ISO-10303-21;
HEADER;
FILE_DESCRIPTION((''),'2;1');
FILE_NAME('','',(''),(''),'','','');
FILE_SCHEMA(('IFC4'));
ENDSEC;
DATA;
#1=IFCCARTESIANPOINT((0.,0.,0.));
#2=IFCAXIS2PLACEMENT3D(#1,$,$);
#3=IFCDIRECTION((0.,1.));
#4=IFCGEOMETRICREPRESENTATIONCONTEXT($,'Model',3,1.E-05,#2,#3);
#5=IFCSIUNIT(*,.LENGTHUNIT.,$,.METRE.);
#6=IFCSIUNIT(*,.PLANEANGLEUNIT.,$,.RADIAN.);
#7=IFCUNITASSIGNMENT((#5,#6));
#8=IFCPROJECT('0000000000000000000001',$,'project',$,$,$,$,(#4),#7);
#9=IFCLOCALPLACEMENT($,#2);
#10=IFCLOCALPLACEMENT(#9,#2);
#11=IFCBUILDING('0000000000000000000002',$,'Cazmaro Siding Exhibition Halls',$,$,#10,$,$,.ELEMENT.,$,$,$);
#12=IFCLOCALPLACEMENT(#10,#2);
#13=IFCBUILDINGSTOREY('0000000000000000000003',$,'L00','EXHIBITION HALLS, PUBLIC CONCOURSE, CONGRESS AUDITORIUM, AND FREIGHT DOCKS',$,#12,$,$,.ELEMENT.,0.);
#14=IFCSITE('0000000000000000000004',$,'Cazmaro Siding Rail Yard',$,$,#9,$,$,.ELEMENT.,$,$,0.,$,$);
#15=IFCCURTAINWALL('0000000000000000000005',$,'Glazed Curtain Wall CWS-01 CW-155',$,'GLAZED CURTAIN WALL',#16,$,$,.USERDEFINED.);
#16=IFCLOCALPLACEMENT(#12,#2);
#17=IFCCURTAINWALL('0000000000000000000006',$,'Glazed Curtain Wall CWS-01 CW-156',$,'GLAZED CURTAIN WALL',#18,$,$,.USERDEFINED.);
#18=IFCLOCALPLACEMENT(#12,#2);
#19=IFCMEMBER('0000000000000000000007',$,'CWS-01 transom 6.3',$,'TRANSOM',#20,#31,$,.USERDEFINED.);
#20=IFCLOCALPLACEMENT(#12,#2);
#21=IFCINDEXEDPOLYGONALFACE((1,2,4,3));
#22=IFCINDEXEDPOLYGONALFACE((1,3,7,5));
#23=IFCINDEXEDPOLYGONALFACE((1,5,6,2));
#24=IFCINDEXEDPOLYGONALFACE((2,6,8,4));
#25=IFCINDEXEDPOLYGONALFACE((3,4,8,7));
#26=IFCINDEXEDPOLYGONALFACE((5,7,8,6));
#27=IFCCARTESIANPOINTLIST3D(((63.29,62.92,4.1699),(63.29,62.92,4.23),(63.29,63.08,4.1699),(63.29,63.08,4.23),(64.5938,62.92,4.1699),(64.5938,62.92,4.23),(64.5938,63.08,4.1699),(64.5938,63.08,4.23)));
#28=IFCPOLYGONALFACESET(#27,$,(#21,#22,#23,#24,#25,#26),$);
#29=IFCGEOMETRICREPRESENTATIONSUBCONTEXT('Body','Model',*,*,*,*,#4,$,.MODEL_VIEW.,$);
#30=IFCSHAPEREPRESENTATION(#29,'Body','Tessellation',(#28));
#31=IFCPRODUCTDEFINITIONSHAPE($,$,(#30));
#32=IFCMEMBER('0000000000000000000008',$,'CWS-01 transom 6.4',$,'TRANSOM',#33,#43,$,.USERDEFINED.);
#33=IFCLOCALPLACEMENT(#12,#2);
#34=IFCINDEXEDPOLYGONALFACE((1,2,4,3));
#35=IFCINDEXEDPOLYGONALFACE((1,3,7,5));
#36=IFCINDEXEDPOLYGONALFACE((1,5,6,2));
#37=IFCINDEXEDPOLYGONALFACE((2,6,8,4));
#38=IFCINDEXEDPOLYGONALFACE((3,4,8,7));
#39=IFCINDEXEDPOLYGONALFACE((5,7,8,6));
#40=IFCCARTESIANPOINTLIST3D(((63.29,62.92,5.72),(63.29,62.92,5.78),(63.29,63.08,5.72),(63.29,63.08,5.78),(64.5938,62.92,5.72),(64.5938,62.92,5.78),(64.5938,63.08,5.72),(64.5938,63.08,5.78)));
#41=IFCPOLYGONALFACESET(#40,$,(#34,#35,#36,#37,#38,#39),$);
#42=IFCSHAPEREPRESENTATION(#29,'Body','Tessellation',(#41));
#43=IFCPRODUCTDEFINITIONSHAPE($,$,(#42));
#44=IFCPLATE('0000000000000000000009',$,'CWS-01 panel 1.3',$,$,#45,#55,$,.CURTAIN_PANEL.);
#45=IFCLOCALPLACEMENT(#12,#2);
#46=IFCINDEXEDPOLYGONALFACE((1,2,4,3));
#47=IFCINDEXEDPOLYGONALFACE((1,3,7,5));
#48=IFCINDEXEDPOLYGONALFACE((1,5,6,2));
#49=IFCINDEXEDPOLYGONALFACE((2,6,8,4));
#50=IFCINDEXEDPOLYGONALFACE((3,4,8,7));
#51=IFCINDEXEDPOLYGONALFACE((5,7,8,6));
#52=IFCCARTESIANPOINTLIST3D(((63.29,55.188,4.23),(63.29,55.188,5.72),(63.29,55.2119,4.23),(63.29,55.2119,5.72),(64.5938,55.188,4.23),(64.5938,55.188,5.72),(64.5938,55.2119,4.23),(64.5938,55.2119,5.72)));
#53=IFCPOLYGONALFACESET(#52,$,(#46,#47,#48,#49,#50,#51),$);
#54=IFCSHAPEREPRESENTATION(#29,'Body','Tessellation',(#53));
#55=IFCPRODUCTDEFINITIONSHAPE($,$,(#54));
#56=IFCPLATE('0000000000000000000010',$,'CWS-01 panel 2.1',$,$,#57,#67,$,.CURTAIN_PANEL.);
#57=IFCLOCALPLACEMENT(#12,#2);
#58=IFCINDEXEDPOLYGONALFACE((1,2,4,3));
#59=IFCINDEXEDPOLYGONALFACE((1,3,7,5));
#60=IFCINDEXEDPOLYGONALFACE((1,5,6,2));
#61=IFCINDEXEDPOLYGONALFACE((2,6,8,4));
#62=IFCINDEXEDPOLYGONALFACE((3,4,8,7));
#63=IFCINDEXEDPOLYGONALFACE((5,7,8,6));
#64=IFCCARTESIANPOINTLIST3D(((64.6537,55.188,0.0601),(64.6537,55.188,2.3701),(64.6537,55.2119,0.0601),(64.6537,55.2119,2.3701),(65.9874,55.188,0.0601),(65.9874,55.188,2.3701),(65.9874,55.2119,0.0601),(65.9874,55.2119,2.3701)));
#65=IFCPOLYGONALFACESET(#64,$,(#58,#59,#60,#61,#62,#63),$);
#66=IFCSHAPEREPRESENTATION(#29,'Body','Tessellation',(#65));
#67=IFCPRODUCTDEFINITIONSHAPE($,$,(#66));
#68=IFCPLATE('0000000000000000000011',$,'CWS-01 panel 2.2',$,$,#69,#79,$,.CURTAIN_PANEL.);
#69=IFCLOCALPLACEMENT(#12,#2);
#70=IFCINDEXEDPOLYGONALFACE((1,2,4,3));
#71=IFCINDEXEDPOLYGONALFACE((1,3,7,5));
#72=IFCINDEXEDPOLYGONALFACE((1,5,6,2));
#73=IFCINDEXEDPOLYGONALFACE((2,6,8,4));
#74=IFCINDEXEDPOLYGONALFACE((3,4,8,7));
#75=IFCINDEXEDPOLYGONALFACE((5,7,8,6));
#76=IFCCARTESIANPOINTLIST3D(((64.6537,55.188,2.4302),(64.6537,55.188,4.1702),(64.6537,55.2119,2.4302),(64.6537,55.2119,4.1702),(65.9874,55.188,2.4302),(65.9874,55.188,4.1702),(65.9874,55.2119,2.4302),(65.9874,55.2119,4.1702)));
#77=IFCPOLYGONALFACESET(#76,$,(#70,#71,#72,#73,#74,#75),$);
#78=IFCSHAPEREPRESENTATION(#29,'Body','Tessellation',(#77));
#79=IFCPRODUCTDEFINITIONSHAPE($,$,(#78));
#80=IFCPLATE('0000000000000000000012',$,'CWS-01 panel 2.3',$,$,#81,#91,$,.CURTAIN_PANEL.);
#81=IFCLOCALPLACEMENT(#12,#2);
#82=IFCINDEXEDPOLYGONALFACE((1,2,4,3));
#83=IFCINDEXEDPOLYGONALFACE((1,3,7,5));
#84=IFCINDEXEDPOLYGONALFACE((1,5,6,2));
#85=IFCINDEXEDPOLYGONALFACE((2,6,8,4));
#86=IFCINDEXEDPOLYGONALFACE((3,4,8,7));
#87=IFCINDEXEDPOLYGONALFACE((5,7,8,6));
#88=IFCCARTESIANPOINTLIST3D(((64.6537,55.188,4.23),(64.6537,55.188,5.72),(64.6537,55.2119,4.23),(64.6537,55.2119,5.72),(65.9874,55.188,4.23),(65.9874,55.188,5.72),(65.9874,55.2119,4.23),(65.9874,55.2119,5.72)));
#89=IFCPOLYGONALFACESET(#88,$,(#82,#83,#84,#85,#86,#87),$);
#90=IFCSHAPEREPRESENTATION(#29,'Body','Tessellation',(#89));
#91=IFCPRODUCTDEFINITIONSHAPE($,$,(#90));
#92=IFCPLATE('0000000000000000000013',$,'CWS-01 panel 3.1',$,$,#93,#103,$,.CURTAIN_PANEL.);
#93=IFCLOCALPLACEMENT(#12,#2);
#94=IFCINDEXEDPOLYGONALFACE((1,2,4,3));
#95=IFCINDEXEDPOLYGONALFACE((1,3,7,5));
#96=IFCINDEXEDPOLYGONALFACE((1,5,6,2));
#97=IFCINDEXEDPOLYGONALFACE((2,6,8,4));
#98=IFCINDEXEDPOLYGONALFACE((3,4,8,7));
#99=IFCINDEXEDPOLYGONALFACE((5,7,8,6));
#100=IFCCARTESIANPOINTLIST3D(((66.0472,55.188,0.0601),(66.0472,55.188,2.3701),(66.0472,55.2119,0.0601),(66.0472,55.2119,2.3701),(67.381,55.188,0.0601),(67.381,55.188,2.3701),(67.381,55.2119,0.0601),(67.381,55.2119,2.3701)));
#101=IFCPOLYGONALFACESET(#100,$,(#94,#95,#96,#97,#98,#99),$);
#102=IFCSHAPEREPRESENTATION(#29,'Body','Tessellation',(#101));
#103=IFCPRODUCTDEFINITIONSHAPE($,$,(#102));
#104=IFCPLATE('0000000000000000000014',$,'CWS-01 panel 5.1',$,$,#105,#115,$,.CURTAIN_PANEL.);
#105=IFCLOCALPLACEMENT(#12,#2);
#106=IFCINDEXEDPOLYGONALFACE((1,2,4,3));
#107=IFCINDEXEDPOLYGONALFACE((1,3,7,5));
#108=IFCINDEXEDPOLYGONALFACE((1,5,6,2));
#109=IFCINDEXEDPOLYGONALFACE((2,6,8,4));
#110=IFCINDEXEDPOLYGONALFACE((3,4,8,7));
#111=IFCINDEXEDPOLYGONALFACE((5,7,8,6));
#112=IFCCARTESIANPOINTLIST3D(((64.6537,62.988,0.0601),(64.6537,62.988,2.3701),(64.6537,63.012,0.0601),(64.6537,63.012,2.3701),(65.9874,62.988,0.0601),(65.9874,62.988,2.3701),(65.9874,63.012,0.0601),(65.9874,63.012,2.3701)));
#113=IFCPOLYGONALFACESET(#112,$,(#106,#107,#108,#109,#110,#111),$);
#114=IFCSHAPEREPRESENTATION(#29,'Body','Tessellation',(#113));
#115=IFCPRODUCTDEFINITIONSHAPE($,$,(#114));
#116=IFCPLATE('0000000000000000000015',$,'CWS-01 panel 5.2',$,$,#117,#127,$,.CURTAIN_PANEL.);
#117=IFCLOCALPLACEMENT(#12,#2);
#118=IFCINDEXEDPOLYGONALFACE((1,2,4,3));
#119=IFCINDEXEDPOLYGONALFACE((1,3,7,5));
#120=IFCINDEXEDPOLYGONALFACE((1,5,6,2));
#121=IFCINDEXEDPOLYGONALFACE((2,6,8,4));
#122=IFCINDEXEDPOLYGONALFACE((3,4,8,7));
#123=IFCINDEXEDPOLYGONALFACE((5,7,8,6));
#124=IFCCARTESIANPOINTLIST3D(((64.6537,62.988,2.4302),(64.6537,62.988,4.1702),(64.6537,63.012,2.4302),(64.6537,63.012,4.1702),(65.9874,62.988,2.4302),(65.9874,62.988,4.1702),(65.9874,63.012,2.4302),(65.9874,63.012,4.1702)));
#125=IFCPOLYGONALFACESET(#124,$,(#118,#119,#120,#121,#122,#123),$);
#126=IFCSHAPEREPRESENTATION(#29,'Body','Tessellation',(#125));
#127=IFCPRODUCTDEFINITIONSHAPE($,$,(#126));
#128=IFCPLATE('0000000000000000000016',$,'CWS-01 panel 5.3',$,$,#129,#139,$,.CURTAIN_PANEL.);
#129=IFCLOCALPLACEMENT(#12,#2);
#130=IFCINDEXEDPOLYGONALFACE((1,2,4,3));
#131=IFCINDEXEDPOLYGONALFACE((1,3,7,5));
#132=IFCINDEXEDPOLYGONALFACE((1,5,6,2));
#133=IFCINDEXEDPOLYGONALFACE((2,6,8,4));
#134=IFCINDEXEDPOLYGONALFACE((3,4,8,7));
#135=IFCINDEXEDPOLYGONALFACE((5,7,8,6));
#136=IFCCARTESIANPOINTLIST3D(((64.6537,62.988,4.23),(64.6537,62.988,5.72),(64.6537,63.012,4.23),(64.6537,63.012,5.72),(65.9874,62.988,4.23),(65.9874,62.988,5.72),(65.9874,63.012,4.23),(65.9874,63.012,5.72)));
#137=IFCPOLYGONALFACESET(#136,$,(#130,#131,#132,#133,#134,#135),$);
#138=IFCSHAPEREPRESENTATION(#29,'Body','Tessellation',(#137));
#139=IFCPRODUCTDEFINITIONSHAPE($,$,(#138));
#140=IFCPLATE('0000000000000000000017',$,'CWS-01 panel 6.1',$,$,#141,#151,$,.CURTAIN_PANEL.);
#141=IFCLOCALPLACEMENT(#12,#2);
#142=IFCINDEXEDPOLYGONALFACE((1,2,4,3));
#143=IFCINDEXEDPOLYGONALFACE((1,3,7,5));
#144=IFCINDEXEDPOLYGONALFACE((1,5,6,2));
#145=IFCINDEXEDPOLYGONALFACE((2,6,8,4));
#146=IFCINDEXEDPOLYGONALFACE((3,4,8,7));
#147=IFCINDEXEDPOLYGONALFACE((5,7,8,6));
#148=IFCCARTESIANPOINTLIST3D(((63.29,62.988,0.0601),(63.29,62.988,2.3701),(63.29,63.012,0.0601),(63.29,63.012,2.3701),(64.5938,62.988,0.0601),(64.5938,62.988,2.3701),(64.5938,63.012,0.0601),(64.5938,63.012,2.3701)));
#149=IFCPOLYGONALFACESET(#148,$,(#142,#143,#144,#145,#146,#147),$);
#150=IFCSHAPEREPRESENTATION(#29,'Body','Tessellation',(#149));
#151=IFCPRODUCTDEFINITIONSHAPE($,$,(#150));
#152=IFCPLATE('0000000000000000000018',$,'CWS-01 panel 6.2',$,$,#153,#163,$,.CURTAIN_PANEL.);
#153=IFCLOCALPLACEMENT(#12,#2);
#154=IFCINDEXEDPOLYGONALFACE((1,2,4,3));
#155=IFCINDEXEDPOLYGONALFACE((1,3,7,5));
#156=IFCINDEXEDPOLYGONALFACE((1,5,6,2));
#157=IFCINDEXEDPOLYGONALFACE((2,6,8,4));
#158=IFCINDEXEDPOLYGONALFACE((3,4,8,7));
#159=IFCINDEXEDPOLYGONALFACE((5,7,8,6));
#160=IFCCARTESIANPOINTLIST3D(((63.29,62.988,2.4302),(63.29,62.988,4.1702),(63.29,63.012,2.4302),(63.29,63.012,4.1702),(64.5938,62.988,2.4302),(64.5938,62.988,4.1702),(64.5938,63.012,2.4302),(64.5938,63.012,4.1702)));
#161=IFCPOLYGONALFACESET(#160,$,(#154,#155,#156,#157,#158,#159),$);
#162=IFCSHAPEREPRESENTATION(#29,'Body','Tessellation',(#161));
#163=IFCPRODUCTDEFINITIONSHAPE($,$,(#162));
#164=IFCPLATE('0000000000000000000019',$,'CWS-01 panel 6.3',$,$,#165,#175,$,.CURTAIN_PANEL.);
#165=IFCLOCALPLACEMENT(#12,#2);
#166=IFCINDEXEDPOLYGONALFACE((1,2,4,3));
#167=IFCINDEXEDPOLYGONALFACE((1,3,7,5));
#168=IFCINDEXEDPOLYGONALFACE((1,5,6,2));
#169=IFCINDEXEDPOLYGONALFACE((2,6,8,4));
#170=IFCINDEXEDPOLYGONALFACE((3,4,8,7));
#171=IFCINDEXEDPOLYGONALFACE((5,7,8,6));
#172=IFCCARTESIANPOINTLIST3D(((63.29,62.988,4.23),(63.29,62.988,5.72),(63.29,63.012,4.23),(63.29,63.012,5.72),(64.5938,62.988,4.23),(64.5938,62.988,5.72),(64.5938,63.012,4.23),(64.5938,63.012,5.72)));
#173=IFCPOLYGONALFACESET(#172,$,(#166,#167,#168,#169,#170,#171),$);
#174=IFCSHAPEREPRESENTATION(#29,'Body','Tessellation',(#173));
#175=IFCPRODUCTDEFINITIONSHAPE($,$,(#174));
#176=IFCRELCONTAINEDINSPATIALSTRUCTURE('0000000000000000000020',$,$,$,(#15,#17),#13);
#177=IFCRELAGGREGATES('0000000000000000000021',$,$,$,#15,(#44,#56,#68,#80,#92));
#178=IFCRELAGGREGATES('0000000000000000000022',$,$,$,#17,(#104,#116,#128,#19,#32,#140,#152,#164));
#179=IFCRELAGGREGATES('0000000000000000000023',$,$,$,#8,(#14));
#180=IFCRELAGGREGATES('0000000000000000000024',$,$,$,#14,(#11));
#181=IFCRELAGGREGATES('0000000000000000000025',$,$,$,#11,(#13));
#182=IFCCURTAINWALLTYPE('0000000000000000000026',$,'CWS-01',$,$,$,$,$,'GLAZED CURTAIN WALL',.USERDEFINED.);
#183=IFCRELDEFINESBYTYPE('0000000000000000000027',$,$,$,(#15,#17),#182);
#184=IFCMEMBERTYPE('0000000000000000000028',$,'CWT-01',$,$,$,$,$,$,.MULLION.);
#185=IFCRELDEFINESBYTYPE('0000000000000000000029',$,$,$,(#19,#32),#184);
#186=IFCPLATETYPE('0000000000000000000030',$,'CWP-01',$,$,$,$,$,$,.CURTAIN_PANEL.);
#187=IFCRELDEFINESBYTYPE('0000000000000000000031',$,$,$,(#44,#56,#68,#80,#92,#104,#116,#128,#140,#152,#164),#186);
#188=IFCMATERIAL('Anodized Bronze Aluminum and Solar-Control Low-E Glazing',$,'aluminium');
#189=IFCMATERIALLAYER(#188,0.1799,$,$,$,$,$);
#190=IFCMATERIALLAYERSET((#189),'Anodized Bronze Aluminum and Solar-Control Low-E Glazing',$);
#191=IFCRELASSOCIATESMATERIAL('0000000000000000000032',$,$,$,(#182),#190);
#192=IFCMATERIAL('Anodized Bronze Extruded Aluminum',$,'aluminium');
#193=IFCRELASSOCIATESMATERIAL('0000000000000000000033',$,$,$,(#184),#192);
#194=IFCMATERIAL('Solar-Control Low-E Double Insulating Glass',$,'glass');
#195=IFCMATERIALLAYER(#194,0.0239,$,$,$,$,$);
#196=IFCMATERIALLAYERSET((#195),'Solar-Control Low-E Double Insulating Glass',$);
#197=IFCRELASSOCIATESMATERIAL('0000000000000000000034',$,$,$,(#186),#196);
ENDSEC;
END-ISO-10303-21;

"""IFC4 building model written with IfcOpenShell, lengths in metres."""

from ifc_helpers import new_model, si_unit, direction, frame, origin, origin_2d, place, context, subcontext, project, spatial, rectangle, extrude, material, layer, layer_set, material_profile, profile_set, type_object, element, aggregate, save


model = new_model("IFC4")

# Units and contexts
model_context = context("Model", 3, precision=1e-05, world=origin(), true_north=direction((0.0, 1.0)))
body_context = subcontext(model_context, "Body", "Model", "MODEL_VIEW")
ifc_project = project(units=[si_unit("LENGTHUNIT", "METRE"), si_unit("PLANEANGLEUNIT", "RADIAN")], contexts=[model_context])

# Site, building, storey
site_placement = place(None, origin())
site = spatial("IfcSite", under=ifc_project, at=site_placement, Name="Cazmaro Siding Rail Yard", CompositionType="ELEMENT", RefElevation=0.0)
building_placement = place(site_placement, origin())
building = spatial("IfcBuilding", under=site, at=building_placement, Name="Cazmaro Siding Exhibition Halls", CompositionType="ELEMENT")
storey_placement = place(building_placement, origin())
storey = spatial("IfcBuildingStorey", under=building, at=storey_placement, Name="L00", Description="EXHIBITION HALLS, PUBLIC CONCOURSE, CONGRESS AUDITORIUM, AND FREIGHT DOCKS", CompositionType="ELEMENT", Elevation=0.0)

# Curtain walls
ifc_material_1 = material(Name="Anodized Bronze Aluminum and Solar-Control Low-E Glazing", Category="aluminium")
ifc_layer_1 = layer(ifc_material_1, 0.1799)
ifc_layer_set_1 = layer_set([ifc_layer_1], Name="Anodized Bronze Aluminum and Solar-Control Low-E Glazing")
curtain_wall_type = type_object("IfcCurtainWallType", Name="CWS-01", ElementType="GLAZED CURTAIN WALL", PredefinedType="USERDEFINED", material=ifc_layer_set_1)
curtain_wall_1_placement = place(storey_placement, origin())
curtain_wall_1 = element("IfcCurtainWall", 1, at=curtain_wall_1_placement, inside=storey, type_object=curtain_wall_type, Name="Glazed Curtain Wall CWS-01 CW-155", ObjectType="GLAZED CURTAIN WALL", PredefinedType="USERDEFINED")
curtain_wall_2_placement = place(storey_placement, origin())
curtain_wall_2 = element("IfcCurtainWall", 2, at=curtain_wall_2_placement, inside=storey, type_object=curtain_wall_type, Name="Glazed Curtain Wall CWS-01 CW-156", ObjectType="GLAZED CURTAIN WALL", PredefinedType="USERDEFINED")

# Members
ifc_material_2 = material(Name="Anodized Bronze Extruded Aluminum", Category="aluminium")
ifc_material_profile_1 = material_profile(ifc_material_2, rectangle(XDim=0.1599, YDim=0.0601, at=origin_2d()), Name="CWT-01")
ifc_profile_set_1 = profile_set([ifc_material_profile_1], Name="Anodized Bronze Extruded Aluminum")
member_type_1 = type_object("IfcMemberType", Name="CWT-01", PredefinedType="MULLION", material=ifc_profile_set_1)
member_1_placement = place(storey_placement, frame((64.5938, 63.0, 4.2), z_axis=(-1.0, 0.0, 0.0), x_axis=(0.0, -1.0, 0.0)))
member_1 = element("IfcMember", 3, at=member_1_placement, type_object=member_type_1, Name="CWS-01 transom 6.3", ObjectType="TRANSOM", PredefinedType="USERDEFINED", context=body_context, shape_type="SweptSolid", body=[
    extrude(rectangle(XDim=0.1599, YDim=0.0601, at=origin_2d()), origin(), (0.0, 0.0, 1.0), 1.3037),
])
member_2_placement = place(storey_placement, frame((64.5938, 63.0, 5.75), z_axis=(-1.0, 0.0, 0.0), x_axis=(0.0, -1.0, 0.0)))
member_2 = element("IfcMember", 4, at=member_2_placement, type_object=member_type_1, Name="CWS-01 transom 6.4", ObjectType="TRANSOM", PredefinedType="USERDEFINED", context=body_context, shape_type="SweptSolid", body=[
    extrude(rectangle(XDim=0.1599, YDim=0.0601, at=origin_2d()), origin(), (0.0, 0.0, 1.0), 1.3037),
])

# Plates
ifc_material_3 = material(Name="Solar-Control Low-E Double Insulating Glass", Category="glass")
ifc_layer_2 = layer(ifc_material_3, 0.0239)
ifc_layer_set_2 = layer_set([ifc_layer_2], Name="Solar-Control Low-E Double Insulating Glass")
plate_type = type_object("IfcPlateType", Name="CWP-01", PredefinedType="CURTAIN_PANEL", material=ifc_layer_set_2)
plate_1_placement = place(storey_placement, frame((63.9419, 55.2, 4.23), z_axis=(0.0, 0.0, 1.0), x_axis=(1.0, 0.0, 0.0)))
plate_1 = element("IfcPlate", 5, at=plate_1_placement, type_object=plate_type, Name="CWS-01 panel 1.3", PredefinedType="CURTAIN_PANEL", context=body_context, shape_type="SweptSolid", body=[
    extrude(rectangle(XDim=1.3037, YDim=0.0239, at=origin_2d()), origin(), (0.0, 0.0, 1.0), 1.49),
])
plate_2_placement = place(storey_placement, frame((65.3206, 55.2, 0.0601), z_axis=(0.0, 0.0, 1.0), x_axis=(1.0, 0.0, 0.0)))
plate_2 = element("IfcPlate", 6, at=plate_2_placement, type_object=plate_type, Name="CWS-01 panel 2.1", PredefinedType="CURTAIN_PANEL", context=body_context, shape_type="SweptSolid", body=[
    extrude(rectangle(XDim=1.3337, YDim=0.0239, at=origin_2d()), origin(), (0.0, 0.0, 1.0), 2.3101),
])
plate_3_placement = place(storey_placement, frame((65.3206, 55.2, 2.4302), z_axis=(0.0, 0.0, 1.0), x_axis=(1.0, 0.0, 0.0)))
plate_3 = element("IfcPlate", 7, at=plate_3_placement, type_object=plate_type, Name="CWS-01 panel 2.2", PredefinedType="CURTAIN_PANEL", context=body_context, shape_type="SweptSolid", body=[
    extrude(rectangle(XDim=1.3337, YDim=0.0239, at=origin_2d()), origin(), (0.0, 0.0, 1.0), 1.74),
])
plate_4_placement = place(storey_placement, frame((65.3206, 55.2, 4.23), z_axis=(0.0, 0.0, 1.0), x_axis=(1.0, 0.0, 0.0)))
plate_4 = element("IfcPlate", 8, at=plate_4_placement, type_object=plate_type, Name="CWS-01 panel 2.3", PredefinedType="CURTAIN_PANEL", context=body_context, shape_type="SweptSolid", body=[
    extrude(rectangle(XDim=1.3337, YDim=0.0239, at=origin_2d()), origin(), (0.0, 0.0, 1.0), 1.49),
])
plate_5_placement = place(storey_placement, frame((66.7141, 55.2, 0.0601), z_axis=(0.0, 0.0, 1.0), x_axis=(1.0, 0.0, 0.0)))
plate_5 = element("IfcPlate", 9, at=plate_5_placement, type_object=plate_type, Name="CWS-01 panel 3.1", PredefinedType="CURTAIN_PANEL", context=body_context, shape_type="SweptSolid", body=[
    extrude(rectangle(XDim=1.3337, YDim=0.0239, at=origin_2d()), origin(), (0.0, 0.0, 1.0), 2.3101),
])
aggregate(curtain_wall_1, [plate_1, plate_2, plate_3, plate_4, plate_5])
plate_6_placement = place(storey_placement, frame((65.3206, 63.0, 0.0601), z_axis=(0.0, 0.0, 1.0), x_axis=(-1.0, 0.0, 0.0)))
plate_6 = element("IfcPlate", 10, at=plate_6_placement, type_object=plate_type, Name="CWS-01 panel 5.1", PredefinedType="CURTAIN_PANEL", context=body_context, shape_type="SweptSolid", body=[
    extrude(rectangle(XDim=1.3337, YDim=0.0239, at=origin_2d()), origin(), (0.0, 0.0, 1.0), 2.3101),
])
plate_7_placement = place(storey_placement, frame((65.3206, 63.0, 2.4302), z_axis=(0.0, 0.0, 1.0), x_axis=(-1.0, 0.0, 0.0)))
plate_7 = element("IfcPlate", 11, at=plate_7_placement, type_object=plate_type, Name="CWS-01 panel 5.2", PredefinedType="CURTAIN_PANEL", context=body_context, shape_type="SweptSolid", body=[
    extrude(rectangle(XDim=1.3337, YDim=0.0239, at=origin_2d()), origin(), (0.0, 0.0, 1.0), 1.74),
])
plate_8_placement = place(storey_placement, frame((65.3206, 63.0, 4.23), z_axis=(0.0, 0.0, 1.0), x_axis=(-1.0, 0.0, 0.0)))
plate_8 = element("IfcPlate", 12, at=plate_8_placement, type_object=plate_type, Name="CWS-01 panel 5.3", PredefinedType="CURTAIN_PANEL", context=body_context, shape_type="SweptSolid", body=[
    extrude(rectangle(XDim=1.3337, YDim=0.0239, at=origin_2d()), origin(), (0.0, 0.0, 1.0), 1.49),
])
plate_9_placement = place(storey_placement, frame((63.9419, 63.0, 0.0601), z_axis=(0.0, 0.0, 1.0), x_axis=(-1.0, 0.0, 0.0)))
plate_9 = element("IfcPlate", 13, at=plate_9_placement, type_object=plate_type, Name="CWS-01 panel 6.1", PredefinedType="CURTAIN_PANEL", context=body_context, shape_type="SweptSolid", body=[
    extrude(rectangle(XDim=1.3037, YDim=0.0239, at=origin_2d()), origin(), (0.0, 0.0, 1.0), 2.3101),
])
plate_10_placement = place(storey_placement, frame((63.9419, 63.0, 2.4302), z_axis=(0.0, 0.0, 1.0), x_axis=(-1.0, 0.0, 0.0)))
plate_10 = element("IfcPlate", 14, at=plate_10_placement, type_object=plate_type, Name="CWS-01 panel 6.2", PredefinedType="CURTAIN_PANEL", context=body_context, shape_type="SweptSolid", body=[
    extrude(rectangle(XDim=1.3037, YDim=0.0239, at=origin_2d()), origin(), (0.0, 0.0, 1.0), 1.74),
])
plate_11_placement = place(storey_placement, frame((63.9419, 63.0, 4.23), z_axis=(0.0, 0.0, 1.0), x_axis=(-1.0, 0.0, 0.0)))
plate_11 = element("IfcPlate", 15, at=plate_11_placement, type_object=plate_type, Name="CWS-01 panel 6.3", PredefinedType="CURTAIN_PANEL", context=body_context, shape_type="SweptSolid", body=[
    extrude(rectangle(XDim=1.3037, YDim=0.0239, at=origin_2d()), origin(), (0.0, 0.0, 1.0), 1.49),
])
aggregate(curtain_wall_2, [plate_6, plate_7, plate_8, member_1, member_2, plate_9, plate_10, plate_11])

save(model, "model.ifc")
